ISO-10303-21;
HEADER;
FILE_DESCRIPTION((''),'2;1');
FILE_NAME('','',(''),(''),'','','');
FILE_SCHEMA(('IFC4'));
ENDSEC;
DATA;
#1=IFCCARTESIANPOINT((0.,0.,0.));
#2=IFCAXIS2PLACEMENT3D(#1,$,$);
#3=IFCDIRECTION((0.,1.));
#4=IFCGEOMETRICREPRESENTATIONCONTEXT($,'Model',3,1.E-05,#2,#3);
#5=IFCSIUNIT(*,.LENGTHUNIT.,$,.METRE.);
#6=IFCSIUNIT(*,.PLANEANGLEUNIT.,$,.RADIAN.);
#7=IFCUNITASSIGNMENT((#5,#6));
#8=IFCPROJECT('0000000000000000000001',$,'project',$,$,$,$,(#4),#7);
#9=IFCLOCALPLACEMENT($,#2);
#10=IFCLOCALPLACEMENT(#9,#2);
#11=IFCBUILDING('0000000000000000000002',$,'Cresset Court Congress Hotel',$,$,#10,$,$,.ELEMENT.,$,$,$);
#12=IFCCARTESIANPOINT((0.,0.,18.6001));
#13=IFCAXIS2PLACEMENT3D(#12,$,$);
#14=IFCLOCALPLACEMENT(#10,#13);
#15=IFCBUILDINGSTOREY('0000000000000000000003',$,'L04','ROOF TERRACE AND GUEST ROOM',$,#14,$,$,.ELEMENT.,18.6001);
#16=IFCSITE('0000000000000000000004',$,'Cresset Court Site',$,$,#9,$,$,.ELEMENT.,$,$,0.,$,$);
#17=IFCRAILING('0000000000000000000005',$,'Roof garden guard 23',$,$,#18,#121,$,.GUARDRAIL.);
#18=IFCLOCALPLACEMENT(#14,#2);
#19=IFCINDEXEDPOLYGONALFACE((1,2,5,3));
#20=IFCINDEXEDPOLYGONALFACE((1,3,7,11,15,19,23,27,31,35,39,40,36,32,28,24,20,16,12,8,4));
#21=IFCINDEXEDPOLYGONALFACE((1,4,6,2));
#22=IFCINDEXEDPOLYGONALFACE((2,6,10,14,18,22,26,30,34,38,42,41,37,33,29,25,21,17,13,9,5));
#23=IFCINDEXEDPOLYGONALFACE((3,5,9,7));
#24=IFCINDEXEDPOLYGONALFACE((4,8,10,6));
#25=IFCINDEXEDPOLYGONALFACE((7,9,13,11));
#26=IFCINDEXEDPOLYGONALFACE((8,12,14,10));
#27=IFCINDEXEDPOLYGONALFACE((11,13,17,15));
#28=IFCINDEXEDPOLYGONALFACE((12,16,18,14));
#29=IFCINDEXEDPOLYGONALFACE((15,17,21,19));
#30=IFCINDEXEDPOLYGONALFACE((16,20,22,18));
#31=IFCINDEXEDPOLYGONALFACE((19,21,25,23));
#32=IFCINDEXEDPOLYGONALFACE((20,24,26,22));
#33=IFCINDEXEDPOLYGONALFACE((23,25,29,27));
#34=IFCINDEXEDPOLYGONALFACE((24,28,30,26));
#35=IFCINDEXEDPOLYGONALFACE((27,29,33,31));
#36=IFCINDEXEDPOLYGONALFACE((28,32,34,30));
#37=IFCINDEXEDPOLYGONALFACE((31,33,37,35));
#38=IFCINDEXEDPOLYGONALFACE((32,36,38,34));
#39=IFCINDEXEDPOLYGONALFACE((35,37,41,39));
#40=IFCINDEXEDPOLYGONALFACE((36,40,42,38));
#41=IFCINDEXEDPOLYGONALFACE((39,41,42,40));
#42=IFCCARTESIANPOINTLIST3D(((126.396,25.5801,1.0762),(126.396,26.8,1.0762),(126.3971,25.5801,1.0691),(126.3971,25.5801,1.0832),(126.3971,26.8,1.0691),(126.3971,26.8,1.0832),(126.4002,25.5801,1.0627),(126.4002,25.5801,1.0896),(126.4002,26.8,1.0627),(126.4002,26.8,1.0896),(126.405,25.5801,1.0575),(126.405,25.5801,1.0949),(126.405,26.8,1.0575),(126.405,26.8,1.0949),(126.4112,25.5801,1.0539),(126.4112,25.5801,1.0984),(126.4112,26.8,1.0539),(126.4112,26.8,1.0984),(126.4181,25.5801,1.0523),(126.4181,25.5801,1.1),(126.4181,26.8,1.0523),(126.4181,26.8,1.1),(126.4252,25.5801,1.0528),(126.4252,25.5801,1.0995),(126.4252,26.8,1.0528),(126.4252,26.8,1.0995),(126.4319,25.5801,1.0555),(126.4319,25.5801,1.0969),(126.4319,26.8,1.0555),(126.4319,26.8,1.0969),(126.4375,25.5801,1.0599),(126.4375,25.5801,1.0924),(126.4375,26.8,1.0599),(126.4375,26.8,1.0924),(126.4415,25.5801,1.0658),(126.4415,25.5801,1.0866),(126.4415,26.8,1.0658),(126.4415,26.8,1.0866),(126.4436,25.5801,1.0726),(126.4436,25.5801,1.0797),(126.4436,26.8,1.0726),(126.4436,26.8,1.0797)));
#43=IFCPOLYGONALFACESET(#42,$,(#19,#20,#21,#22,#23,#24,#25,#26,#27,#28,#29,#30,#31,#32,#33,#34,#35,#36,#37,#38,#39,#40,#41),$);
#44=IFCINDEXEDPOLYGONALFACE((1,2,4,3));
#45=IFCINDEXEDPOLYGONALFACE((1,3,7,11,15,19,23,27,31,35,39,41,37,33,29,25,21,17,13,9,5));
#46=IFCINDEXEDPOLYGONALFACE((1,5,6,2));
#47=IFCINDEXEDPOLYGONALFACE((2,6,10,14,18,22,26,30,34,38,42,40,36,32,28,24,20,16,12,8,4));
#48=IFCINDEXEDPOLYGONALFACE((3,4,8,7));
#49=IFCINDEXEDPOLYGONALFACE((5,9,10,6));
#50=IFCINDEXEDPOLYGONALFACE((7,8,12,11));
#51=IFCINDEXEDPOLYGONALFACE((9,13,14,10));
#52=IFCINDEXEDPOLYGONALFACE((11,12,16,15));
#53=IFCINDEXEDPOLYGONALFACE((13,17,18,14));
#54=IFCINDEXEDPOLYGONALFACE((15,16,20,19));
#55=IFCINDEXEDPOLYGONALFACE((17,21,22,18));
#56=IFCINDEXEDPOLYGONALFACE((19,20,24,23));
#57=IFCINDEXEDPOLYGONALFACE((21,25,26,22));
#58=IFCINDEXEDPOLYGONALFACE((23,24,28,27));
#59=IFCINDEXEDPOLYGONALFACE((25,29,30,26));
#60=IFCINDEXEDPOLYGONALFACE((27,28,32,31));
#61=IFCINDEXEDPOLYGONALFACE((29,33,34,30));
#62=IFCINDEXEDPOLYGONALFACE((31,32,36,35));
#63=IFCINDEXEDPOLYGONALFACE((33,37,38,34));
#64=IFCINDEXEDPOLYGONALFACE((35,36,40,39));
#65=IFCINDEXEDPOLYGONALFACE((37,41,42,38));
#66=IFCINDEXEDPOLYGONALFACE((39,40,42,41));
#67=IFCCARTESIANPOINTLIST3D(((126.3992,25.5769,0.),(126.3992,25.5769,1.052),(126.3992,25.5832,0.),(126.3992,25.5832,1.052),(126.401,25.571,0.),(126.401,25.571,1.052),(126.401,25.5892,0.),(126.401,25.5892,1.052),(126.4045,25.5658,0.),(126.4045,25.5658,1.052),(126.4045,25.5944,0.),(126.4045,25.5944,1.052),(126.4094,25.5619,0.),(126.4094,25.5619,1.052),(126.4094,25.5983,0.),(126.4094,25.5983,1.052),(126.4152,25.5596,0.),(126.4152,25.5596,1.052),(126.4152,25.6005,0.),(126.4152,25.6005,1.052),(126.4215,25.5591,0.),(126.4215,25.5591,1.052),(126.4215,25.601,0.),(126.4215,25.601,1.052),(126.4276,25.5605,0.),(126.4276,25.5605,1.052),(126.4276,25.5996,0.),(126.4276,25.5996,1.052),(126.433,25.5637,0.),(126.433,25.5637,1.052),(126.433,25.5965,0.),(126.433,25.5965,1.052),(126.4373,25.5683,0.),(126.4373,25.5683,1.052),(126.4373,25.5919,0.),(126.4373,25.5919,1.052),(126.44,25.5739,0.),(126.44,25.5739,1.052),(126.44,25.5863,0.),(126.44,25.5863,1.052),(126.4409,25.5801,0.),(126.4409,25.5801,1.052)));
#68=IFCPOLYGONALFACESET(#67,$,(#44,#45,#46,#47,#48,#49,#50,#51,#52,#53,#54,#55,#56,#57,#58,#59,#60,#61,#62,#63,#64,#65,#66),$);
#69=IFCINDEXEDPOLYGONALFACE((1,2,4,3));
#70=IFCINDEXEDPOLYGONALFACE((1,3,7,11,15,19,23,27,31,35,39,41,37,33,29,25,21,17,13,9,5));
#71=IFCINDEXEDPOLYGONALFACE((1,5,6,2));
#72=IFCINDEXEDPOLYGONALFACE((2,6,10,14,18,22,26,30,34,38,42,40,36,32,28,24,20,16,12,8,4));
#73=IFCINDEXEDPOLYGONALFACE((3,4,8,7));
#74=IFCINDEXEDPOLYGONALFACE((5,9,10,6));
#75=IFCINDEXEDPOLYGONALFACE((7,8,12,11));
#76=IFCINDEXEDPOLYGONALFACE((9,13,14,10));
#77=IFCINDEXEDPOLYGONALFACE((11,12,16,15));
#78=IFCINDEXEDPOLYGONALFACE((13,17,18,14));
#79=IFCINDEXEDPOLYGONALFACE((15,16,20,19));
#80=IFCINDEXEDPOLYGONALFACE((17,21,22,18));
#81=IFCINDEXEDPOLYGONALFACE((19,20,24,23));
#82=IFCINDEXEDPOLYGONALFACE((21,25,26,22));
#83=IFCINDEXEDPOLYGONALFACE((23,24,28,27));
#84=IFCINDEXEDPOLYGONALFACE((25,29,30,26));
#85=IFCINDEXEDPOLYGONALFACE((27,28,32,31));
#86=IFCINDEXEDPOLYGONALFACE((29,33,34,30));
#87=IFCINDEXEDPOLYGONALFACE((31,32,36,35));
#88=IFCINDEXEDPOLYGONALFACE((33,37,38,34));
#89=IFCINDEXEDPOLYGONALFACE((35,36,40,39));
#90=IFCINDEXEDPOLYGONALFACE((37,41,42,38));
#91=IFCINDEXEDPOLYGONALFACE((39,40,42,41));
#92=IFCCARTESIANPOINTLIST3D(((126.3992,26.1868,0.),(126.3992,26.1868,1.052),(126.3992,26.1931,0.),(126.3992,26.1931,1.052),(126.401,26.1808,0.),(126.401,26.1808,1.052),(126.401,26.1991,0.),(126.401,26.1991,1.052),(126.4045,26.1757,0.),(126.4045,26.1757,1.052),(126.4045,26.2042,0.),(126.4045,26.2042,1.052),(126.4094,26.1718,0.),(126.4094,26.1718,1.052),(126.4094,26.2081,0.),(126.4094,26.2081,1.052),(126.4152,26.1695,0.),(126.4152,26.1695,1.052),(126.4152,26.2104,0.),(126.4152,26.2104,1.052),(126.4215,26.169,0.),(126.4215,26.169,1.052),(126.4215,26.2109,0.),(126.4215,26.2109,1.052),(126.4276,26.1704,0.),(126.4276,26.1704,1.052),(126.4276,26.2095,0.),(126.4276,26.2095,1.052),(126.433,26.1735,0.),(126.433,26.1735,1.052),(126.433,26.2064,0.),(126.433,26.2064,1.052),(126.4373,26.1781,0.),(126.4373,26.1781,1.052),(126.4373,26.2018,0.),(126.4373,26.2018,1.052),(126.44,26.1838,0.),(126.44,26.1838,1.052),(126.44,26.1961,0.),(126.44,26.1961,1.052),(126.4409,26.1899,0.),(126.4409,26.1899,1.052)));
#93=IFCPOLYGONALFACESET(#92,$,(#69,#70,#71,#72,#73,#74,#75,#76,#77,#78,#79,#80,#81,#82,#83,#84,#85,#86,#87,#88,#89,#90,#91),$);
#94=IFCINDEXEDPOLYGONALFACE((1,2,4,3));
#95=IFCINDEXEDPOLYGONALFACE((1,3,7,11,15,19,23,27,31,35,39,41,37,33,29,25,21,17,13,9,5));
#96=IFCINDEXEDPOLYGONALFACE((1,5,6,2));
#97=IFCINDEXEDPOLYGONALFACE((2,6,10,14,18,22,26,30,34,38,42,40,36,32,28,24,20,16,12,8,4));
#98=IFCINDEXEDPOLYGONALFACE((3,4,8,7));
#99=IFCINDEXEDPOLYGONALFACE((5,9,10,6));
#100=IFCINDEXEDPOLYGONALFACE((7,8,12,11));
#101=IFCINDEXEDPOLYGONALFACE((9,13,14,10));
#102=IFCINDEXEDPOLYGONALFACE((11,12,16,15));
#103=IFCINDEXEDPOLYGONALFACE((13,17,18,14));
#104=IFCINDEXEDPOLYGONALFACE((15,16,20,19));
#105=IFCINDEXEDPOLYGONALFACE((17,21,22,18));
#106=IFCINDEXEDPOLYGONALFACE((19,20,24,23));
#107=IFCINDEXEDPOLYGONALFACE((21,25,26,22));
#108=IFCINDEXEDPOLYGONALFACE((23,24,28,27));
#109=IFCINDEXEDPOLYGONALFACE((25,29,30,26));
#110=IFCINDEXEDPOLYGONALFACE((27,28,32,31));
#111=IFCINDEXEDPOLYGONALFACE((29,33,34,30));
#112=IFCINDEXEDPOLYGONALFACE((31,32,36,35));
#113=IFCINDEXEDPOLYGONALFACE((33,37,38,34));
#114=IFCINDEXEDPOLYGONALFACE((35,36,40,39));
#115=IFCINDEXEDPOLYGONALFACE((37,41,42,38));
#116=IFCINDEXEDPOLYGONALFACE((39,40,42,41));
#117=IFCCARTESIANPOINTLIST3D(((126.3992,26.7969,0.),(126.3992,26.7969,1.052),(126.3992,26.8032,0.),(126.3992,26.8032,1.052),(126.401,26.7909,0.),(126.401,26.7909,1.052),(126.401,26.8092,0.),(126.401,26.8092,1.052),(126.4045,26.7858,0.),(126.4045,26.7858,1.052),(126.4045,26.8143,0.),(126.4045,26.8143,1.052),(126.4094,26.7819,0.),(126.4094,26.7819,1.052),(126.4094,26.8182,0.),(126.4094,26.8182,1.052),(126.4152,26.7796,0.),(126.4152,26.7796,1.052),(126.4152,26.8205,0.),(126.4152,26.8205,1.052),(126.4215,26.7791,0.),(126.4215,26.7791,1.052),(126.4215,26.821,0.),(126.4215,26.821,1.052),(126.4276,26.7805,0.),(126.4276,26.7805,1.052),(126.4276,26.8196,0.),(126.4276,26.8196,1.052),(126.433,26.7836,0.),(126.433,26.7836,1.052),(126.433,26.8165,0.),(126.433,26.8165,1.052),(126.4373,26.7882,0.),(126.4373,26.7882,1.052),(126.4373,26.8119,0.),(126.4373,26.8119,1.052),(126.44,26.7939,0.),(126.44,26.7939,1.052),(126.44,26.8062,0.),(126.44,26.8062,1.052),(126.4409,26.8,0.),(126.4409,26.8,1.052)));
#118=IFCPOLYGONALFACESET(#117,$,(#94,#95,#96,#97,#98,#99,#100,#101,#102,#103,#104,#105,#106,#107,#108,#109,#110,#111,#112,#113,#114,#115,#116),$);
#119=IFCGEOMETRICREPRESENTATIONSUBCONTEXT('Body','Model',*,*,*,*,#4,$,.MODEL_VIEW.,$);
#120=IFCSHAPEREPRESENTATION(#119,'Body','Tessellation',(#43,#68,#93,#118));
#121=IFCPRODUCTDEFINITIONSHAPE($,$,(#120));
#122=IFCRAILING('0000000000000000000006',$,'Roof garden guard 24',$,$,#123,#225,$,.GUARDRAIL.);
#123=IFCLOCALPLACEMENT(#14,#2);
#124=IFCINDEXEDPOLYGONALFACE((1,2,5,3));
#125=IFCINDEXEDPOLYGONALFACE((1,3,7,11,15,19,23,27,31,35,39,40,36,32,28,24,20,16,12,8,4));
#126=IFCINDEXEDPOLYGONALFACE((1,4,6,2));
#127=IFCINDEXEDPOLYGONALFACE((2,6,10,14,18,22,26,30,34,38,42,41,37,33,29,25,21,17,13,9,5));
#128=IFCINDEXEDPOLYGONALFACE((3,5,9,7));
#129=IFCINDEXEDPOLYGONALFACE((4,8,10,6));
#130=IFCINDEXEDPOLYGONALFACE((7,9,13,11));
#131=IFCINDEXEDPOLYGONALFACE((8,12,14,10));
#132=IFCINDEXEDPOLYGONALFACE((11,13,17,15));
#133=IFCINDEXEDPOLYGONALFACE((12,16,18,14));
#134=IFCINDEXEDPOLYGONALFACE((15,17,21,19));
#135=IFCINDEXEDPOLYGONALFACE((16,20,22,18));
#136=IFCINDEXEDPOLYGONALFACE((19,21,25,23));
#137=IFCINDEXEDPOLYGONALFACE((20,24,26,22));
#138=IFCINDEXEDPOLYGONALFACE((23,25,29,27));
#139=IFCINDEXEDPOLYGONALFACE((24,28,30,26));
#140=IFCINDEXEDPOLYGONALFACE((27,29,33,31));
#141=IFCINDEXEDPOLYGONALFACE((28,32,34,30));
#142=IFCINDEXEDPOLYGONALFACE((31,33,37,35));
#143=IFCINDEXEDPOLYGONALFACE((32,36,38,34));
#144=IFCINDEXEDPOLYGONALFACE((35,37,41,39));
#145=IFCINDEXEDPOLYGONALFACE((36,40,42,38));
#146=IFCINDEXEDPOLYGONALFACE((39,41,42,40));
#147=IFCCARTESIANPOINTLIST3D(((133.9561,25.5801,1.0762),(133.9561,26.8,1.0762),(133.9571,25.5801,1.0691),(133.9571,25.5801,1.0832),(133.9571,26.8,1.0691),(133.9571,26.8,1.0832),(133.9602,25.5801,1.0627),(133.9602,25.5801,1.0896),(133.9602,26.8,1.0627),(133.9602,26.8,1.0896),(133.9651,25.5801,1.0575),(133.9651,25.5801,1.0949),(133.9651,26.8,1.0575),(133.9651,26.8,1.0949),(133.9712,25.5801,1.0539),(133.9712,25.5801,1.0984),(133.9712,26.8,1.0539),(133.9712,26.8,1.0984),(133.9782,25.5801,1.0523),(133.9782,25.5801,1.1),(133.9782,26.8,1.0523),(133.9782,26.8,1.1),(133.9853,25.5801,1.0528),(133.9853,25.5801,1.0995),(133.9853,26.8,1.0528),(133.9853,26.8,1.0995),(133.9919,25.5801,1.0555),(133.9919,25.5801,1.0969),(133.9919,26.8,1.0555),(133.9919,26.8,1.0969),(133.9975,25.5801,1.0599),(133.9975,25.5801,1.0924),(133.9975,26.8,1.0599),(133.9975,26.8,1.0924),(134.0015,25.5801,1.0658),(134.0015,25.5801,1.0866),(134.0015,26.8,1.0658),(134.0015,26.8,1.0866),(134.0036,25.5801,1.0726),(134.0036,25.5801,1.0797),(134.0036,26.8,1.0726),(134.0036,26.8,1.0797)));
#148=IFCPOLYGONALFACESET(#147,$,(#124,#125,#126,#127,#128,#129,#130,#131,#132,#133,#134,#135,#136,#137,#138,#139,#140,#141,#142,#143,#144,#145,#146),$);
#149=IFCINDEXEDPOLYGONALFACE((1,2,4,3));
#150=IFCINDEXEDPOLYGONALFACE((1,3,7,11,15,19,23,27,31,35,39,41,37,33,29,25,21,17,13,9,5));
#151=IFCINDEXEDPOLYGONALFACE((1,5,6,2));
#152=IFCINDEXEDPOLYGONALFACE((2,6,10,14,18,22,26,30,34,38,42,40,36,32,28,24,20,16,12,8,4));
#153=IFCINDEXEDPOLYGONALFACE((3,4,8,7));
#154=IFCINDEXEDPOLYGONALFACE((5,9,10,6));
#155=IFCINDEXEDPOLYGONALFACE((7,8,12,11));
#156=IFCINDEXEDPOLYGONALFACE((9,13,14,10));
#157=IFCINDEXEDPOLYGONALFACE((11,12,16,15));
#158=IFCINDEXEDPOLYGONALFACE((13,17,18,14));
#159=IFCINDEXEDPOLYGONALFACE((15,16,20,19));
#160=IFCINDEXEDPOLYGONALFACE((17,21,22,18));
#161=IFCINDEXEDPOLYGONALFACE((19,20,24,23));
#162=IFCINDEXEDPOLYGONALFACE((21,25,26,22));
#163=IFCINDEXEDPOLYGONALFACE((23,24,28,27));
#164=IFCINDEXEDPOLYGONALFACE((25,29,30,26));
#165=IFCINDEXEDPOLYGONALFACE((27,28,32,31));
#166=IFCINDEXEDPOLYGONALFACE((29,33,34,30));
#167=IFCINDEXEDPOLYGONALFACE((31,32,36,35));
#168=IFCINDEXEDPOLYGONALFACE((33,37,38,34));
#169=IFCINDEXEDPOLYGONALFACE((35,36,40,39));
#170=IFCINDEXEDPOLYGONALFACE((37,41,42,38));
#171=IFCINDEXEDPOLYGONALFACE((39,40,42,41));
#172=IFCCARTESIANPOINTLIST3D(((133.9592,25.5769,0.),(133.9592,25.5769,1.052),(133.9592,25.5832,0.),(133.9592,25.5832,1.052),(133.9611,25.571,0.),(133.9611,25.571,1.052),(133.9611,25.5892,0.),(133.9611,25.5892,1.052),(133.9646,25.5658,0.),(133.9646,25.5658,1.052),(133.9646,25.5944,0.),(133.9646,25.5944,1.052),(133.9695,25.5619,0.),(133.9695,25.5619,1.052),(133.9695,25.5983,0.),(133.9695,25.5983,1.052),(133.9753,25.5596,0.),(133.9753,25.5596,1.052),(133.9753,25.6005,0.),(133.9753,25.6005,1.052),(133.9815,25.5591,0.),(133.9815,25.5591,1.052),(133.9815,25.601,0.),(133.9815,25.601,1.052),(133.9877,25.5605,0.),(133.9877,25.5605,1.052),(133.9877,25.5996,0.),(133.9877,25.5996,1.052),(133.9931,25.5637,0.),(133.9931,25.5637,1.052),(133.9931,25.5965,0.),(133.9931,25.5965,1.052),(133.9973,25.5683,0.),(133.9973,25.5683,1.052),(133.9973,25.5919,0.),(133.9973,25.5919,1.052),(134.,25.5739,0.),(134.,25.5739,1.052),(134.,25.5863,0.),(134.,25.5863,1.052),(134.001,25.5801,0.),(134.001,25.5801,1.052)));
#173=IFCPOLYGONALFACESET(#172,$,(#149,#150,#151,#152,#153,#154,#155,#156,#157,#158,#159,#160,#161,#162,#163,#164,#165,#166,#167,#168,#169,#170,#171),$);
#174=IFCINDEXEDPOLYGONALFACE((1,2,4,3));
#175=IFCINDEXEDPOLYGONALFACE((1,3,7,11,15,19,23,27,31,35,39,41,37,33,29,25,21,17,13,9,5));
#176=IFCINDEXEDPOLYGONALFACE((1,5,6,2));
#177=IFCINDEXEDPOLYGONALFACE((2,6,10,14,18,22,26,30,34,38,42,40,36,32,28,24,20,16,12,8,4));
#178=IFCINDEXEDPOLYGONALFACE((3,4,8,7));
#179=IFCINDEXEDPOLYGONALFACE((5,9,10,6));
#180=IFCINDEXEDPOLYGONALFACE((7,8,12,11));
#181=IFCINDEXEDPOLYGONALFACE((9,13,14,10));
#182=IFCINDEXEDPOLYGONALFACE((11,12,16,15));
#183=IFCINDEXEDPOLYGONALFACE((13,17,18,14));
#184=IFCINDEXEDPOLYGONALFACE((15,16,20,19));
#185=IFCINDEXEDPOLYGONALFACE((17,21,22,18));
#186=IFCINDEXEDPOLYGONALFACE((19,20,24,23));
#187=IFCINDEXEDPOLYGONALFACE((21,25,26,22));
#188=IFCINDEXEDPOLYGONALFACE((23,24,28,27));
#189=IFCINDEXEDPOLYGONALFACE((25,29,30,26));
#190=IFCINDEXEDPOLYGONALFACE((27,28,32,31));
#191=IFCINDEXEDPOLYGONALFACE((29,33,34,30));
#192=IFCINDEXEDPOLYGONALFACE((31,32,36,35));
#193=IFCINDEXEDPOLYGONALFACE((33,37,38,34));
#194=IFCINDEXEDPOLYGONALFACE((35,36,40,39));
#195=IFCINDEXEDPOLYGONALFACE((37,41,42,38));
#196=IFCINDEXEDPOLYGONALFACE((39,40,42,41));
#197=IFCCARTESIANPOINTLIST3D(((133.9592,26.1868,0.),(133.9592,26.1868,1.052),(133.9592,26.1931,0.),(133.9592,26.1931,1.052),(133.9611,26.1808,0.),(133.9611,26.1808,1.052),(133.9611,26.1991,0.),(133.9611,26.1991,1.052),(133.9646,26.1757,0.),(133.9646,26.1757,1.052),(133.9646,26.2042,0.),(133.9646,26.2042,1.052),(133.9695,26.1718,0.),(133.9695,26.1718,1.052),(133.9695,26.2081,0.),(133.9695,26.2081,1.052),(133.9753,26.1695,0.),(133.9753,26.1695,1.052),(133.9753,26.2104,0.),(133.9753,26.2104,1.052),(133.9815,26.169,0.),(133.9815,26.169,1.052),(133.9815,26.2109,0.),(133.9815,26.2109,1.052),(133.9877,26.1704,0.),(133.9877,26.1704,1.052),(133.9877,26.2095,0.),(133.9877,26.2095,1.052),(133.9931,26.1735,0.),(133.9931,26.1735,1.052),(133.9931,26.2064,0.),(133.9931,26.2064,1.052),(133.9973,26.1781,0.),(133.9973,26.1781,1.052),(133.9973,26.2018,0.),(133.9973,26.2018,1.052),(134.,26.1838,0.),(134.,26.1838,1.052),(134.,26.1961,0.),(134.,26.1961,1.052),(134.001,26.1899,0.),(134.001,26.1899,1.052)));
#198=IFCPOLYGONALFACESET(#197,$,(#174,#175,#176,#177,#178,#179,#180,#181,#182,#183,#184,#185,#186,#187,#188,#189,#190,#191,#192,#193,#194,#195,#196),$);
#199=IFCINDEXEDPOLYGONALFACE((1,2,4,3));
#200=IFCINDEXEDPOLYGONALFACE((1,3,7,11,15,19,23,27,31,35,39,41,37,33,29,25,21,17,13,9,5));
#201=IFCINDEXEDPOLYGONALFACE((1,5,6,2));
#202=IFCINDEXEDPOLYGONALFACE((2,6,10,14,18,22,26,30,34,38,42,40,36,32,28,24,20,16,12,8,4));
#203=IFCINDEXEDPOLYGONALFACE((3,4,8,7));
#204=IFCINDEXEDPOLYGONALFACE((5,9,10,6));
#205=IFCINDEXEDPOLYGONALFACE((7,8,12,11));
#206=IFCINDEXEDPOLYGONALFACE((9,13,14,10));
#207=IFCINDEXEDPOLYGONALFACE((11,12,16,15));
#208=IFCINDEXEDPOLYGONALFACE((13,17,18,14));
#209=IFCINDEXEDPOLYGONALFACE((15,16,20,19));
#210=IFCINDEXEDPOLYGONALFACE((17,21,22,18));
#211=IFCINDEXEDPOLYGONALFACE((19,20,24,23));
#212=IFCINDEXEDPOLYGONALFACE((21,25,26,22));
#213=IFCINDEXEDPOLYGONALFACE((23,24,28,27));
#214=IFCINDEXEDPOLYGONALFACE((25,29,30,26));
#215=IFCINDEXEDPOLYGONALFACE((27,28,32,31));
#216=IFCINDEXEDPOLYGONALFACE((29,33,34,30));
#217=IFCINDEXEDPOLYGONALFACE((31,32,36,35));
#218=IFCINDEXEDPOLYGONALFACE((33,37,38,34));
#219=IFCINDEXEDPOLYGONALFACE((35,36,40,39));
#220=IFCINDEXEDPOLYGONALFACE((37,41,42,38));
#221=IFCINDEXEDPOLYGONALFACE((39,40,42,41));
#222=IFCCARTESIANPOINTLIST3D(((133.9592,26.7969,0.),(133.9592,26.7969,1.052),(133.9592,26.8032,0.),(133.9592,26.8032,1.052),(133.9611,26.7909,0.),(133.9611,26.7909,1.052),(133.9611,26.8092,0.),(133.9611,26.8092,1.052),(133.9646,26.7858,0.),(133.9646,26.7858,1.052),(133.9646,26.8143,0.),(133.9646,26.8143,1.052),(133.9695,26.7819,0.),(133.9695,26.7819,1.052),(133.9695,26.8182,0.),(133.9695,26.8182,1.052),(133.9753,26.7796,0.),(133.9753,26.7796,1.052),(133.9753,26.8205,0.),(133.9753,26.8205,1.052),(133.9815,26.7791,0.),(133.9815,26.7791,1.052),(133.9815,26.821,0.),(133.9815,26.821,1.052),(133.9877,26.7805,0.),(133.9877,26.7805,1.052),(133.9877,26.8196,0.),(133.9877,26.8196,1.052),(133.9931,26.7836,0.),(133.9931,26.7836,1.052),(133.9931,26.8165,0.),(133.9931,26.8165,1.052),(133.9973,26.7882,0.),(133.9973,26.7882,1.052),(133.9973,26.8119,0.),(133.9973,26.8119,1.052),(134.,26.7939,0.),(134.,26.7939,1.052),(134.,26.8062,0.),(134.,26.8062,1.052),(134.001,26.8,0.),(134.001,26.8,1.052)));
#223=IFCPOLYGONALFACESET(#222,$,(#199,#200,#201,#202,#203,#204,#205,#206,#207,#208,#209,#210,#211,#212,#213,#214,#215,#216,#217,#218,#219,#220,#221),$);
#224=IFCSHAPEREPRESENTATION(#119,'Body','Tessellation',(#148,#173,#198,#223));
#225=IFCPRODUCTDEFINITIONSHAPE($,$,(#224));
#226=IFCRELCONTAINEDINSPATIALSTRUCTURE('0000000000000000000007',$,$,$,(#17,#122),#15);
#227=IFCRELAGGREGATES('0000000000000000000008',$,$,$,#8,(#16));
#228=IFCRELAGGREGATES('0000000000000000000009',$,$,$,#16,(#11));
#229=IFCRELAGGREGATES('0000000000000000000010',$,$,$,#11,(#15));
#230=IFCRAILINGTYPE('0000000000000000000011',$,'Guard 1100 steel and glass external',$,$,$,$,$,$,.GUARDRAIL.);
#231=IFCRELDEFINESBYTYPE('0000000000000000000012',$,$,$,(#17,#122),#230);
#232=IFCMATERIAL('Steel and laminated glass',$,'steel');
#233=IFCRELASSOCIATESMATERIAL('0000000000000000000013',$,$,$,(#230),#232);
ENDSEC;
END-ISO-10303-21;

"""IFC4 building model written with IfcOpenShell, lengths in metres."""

from ifc_helpers import new_model, si_unit, direction, frame, origin, origin_2d, place, context, subcontext, project, spatial, circle, extrude, material, type_object, element, save


model = new_model("IFC4")

# Units and contexts
model_context = context("Model", 3, precision=1e-05, world=origin(), true_north=direction((0.0, 1.0)))
body_context = subcontext(model_context, "Body", "Model", "MODEL_VIEW")
ifc_project = project(units=[si_unit("LENGTHUNIT", "METRE"), si_unit("PLANEANGLEUNIT", "RADIAN")], contexts=[model_context])

# Site, building, storey
site_placement = place(None, origin())
site = spatial("IfcSite", under=ifc_project, at=site_placement, Name="Cresset Court Site", CompositionType="ELEMENT", RefElevation=0.0)
building_placement = place(site_placement, origin())
building = spatial("IfcBuilding", under=site, at=building_placement, Name="Cresset Court Congress Hotel", CompositionType="ELEMENT")
storey_placement = place(building_placement, frame((0.0, 0.0, 18.6001)))
storey = spatial("IfcBuildingStorey", under=building, at=storey_placement, Name="L04", Description="ROOF TERRACE AND GUEST ROOM", CompositionType="ELEMENT", Elevation=18.6001)

# Railings
ifc_material_1 = material(Name="Steel and laminated glass", Category="steel")
railing_type_1 = type_object("IfcRailingType", Name="Guard 1100 steel and glass external", PredefinedType="GUARDRAIL", material=ifc_material_1)
for number, where, name in (
    (1, (126.4199, 25.5801, 0.0), "Roof garden guard 23"),
    (2, (133.98, 25.5801, 0.0), "Roof garden guard 24"),
):
    element("IfcRailing", number, at=place(storey_placement, frame(where)), inside=storey, type_object=railing_type_1, Name=name, PredefinedType="GUARDRAIL", context=body_context, shape_type="SweptSolid", body=[
        extrude(circle(Radius=0.0239, at=origin_2d()), frame((0.0, 0.0, 1.0762), z_axis=(0.0, 1.0, 0.0), x_axis=(-1.0, 0.0, 0.0)), (0.0, 0.0, 1.0), 1.22),
        extrude(circle(Radius=0.021, at=origin_2d()), origin(), (0.0, 0.0, 1.0), 1.052),
        extrude(circle(Radius=0.021, at=origin_2d()), frame((0.0, 0.6099, 0.0)), (0.0, 0.0, 1.0), 1.052),
        extrude(circle(Radius=0.021, at=origin_2d()), frame((0.0, 1.22, 0.0)), (0.0, 0.0, 1.0), 1.052),
    ])

save(model, "model.ifc")
